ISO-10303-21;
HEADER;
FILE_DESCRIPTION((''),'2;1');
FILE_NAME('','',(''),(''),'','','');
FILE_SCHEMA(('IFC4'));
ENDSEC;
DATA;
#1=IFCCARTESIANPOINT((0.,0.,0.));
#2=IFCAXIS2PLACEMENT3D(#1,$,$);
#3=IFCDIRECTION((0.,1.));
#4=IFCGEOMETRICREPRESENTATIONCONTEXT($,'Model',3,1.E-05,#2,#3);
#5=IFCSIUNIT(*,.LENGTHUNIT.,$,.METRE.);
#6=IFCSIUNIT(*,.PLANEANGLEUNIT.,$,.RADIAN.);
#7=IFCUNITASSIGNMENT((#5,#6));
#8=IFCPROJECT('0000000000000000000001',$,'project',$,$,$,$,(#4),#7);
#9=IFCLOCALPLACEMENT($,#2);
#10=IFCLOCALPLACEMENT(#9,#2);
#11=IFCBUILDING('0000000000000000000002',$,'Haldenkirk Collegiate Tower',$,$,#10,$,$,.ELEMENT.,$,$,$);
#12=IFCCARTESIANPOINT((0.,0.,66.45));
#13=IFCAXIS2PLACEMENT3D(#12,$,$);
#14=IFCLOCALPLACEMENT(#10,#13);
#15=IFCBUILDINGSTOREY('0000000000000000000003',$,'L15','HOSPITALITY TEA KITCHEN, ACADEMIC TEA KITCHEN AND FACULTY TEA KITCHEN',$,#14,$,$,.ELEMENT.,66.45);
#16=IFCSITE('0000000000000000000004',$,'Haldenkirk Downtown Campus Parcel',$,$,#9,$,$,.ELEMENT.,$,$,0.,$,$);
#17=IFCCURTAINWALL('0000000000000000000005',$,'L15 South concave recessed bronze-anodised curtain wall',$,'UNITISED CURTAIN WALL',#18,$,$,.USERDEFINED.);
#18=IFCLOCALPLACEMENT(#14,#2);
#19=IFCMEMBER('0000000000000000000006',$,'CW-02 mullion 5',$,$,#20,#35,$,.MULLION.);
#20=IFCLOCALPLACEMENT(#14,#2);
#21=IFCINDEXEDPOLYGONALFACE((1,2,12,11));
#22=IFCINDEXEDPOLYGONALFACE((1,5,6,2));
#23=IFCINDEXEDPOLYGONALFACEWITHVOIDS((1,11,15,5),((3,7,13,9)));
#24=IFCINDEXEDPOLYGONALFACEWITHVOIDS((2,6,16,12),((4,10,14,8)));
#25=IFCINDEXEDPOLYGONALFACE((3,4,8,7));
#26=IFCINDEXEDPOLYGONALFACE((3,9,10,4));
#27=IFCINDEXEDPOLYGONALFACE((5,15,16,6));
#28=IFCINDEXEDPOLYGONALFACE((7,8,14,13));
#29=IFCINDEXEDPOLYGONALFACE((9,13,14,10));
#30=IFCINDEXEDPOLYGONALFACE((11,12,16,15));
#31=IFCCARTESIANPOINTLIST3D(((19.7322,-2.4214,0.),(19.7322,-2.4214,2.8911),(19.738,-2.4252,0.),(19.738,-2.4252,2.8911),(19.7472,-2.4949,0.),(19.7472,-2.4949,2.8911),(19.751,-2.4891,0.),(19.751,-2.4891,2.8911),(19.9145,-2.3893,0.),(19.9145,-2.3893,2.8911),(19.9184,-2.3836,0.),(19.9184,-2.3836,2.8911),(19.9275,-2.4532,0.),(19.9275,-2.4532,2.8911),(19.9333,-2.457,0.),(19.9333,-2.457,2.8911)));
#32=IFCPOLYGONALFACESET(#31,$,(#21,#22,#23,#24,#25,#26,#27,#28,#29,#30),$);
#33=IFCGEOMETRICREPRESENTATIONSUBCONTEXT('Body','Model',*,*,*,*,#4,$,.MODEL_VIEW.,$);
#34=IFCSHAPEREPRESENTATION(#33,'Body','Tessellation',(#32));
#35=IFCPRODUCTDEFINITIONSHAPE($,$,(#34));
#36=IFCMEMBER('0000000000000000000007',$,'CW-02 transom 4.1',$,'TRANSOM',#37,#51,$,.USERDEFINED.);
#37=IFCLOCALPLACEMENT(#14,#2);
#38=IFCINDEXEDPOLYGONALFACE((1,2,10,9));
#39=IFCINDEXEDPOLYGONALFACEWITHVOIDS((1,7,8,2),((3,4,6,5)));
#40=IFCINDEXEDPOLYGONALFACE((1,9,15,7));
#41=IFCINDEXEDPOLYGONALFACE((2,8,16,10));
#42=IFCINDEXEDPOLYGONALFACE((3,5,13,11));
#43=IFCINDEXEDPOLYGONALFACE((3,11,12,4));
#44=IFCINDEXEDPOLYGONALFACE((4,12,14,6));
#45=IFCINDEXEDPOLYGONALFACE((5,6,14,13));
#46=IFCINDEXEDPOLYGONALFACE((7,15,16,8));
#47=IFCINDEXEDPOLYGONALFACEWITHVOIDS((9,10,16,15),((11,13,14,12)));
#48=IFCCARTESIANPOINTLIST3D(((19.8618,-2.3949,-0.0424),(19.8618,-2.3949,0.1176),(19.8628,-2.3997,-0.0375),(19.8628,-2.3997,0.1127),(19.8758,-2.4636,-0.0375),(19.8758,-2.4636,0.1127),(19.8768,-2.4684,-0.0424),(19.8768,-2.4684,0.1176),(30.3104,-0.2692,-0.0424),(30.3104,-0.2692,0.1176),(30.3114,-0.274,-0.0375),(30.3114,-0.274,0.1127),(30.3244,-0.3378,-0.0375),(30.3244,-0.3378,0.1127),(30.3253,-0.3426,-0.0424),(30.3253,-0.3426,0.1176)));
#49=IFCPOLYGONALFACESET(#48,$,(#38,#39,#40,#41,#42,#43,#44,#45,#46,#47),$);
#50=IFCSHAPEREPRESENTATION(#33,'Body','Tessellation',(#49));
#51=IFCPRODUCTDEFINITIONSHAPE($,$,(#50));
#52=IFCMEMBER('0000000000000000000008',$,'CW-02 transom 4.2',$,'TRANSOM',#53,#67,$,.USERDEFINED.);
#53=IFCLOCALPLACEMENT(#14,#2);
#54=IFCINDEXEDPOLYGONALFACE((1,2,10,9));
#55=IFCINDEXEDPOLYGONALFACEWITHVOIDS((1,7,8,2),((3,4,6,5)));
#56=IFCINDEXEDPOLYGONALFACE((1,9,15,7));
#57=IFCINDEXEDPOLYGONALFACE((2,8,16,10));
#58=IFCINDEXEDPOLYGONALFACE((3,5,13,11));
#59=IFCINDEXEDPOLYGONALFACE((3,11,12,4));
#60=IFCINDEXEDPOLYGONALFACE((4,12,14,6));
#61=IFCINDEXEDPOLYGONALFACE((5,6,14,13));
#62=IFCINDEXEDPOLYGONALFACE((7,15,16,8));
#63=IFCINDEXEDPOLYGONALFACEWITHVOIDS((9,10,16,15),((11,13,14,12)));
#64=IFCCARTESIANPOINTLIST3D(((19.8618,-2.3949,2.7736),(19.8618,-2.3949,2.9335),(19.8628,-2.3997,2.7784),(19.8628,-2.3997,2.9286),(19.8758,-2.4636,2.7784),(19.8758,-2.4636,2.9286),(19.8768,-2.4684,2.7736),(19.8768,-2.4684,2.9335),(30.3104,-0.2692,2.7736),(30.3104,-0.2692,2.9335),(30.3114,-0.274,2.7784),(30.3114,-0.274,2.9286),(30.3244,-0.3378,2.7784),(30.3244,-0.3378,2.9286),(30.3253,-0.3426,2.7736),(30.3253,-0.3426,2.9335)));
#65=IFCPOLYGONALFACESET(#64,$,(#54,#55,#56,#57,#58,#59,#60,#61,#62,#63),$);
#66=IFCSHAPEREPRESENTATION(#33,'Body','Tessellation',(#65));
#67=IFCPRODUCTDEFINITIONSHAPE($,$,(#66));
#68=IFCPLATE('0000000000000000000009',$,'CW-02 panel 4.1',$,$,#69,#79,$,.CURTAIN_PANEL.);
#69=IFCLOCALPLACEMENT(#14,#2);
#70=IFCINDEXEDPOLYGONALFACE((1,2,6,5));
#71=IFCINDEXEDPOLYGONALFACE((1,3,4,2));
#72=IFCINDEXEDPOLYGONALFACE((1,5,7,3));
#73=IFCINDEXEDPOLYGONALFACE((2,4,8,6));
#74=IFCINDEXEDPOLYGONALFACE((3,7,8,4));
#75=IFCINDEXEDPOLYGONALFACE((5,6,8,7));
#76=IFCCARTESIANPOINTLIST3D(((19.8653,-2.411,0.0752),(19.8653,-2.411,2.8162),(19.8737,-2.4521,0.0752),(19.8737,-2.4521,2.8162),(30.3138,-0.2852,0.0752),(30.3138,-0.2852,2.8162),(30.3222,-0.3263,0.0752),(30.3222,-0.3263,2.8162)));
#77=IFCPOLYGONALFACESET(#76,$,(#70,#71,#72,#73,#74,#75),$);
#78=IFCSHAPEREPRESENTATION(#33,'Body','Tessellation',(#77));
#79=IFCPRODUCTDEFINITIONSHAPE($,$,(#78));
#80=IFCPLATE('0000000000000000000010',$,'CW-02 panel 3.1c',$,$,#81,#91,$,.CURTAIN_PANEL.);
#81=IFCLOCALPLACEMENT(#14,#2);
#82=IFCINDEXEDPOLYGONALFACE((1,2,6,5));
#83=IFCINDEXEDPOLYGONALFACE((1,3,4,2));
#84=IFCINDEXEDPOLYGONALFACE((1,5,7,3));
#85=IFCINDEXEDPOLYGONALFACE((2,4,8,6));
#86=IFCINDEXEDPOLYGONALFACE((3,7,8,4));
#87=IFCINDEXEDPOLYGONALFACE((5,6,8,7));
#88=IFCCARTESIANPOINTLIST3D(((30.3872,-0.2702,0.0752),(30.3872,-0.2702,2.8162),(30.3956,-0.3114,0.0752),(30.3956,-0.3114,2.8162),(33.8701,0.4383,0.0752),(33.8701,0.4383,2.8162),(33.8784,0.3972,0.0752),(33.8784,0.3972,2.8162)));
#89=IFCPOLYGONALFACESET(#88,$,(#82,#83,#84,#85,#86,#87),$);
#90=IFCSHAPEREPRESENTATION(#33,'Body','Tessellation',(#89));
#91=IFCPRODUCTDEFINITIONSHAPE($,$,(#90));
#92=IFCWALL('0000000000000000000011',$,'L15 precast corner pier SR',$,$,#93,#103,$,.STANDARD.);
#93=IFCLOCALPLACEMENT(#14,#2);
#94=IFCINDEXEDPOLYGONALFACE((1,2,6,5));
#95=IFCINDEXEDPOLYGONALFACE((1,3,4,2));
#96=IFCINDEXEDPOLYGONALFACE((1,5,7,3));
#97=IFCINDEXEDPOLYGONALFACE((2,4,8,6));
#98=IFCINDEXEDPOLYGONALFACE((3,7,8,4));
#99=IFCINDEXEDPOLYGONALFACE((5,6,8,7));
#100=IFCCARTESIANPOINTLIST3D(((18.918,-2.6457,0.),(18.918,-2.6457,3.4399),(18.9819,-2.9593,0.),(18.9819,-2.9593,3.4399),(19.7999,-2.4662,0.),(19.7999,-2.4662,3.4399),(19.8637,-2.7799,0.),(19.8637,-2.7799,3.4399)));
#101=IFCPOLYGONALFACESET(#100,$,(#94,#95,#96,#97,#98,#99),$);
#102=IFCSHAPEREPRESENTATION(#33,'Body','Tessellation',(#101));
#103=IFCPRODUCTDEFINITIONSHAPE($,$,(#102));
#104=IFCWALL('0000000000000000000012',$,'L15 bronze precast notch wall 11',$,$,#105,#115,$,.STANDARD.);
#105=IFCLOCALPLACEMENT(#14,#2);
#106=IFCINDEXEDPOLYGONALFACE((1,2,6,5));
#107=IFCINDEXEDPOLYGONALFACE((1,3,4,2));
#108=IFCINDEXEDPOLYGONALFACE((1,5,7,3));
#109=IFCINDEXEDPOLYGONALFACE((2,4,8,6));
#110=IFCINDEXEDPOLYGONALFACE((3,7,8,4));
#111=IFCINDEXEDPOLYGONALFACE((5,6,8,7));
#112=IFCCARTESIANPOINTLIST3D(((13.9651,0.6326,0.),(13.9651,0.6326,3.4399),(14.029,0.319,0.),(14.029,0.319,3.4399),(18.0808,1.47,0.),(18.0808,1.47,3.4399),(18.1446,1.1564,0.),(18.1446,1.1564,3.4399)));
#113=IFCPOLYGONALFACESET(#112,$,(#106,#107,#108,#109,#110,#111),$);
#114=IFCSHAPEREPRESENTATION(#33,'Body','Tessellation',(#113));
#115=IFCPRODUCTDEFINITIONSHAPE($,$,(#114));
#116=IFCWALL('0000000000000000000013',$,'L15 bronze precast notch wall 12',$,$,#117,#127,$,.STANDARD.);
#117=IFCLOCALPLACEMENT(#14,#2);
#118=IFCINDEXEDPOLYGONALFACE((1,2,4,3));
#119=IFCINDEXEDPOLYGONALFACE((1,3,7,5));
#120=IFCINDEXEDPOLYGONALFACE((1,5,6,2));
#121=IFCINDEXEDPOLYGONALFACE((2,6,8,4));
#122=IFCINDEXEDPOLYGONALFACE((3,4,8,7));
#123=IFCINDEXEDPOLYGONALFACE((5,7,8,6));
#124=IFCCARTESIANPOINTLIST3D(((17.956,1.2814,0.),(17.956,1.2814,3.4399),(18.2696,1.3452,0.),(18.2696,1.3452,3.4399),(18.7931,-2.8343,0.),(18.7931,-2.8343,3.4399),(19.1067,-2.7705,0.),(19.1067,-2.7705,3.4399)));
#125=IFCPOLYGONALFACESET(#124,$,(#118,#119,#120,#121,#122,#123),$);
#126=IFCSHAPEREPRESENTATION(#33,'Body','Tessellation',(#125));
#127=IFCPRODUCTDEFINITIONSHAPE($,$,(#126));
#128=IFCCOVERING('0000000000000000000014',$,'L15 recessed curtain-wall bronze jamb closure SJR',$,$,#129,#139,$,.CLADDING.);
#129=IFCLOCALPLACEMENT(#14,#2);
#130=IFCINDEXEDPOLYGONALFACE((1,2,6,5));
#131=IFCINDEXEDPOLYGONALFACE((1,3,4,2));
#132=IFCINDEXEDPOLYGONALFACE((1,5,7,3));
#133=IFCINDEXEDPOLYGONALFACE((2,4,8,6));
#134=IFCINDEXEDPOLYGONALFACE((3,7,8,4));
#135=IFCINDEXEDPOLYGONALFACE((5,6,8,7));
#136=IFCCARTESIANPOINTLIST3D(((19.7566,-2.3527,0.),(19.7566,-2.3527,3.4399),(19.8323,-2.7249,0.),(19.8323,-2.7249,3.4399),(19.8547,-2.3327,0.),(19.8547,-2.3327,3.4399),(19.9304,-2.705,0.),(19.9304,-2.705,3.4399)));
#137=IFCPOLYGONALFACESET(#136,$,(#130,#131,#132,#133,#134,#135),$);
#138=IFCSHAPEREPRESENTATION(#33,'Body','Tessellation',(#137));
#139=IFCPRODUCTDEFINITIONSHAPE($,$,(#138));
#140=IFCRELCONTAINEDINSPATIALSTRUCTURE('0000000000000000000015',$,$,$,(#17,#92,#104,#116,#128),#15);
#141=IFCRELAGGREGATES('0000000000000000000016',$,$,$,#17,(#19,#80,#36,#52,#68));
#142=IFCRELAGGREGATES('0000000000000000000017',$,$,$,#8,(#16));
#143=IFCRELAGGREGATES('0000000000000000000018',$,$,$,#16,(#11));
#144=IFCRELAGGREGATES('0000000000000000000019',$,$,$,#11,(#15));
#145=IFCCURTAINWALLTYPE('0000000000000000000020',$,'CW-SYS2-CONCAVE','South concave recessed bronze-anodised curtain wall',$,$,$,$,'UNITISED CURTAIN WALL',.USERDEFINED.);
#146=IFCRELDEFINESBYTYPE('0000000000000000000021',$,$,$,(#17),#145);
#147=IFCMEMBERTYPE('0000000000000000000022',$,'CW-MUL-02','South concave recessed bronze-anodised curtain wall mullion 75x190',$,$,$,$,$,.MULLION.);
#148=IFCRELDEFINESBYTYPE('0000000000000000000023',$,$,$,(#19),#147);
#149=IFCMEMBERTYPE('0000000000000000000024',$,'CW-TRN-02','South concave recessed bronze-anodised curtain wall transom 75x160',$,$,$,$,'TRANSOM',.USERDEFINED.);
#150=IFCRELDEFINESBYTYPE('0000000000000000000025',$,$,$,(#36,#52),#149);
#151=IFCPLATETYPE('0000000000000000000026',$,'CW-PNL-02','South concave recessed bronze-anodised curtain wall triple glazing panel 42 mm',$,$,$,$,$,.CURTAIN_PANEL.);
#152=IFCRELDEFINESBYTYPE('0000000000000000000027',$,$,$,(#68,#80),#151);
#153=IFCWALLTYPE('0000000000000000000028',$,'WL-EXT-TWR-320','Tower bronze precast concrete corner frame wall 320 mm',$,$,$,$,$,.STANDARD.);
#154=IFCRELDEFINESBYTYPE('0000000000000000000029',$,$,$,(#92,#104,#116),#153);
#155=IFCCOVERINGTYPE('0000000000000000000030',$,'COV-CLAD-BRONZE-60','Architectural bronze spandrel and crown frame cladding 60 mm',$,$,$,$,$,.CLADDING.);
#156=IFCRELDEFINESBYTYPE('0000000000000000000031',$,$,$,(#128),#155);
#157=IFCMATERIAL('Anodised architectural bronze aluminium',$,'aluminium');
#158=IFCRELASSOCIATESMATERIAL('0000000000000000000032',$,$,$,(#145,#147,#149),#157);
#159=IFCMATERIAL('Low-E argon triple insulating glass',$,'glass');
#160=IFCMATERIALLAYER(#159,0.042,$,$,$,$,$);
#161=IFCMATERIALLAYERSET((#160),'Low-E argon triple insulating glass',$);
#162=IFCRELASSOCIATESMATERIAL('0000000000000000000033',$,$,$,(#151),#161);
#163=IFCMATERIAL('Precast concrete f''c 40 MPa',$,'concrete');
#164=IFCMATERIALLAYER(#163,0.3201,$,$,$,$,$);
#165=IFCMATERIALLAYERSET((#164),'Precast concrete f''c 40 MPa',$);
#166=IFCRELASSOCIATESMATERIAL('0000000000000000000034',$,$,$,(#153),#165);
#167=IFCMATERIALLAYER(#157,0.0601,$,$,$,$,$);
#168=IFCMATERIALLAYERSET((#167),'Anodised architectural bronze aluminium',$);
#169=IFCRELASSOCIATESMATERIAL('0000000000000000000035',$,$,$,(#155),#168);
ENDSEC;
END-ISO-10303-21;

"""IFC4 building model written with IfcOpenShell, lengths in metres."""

from ifc_helpers import new_model, si_unit, direction, frame, frame_2d, origin, origin_2d, place, context, subcontext, project, spatial, rectangle, hollow_rectangle, extrude, source, transform, mapped, material, layer, layer_set, material_profile, profile_set, type_object, element, aggregate, save


model = new_model("IFC4")

# Units and contexts
model_context = context("Model", 3, precision=1e-05, world=origin(), true_north=direction((0.0, 1.0)))
body_context = subcontext(model_context, "Body", "Model", "MODEL_VIEW")
ifc_project = project(units=[si_unit("LENGTHUNIT", "METRE"), si_unit("PLANEANGLEUNIT", "RADIAN")], contexts=[model_context])

# Site, building, storey
site_placement = place(None, origin())
site = spatial("IfcSite", under=ifc_project, at=site_placement, Name="Haldenkirk Downtown Campus Parcel", CompositionType="ELEMENT", RefElevation=0.0)
building_placement = place(site_placement, origin())
building = spatial("IfcBuilding", under=site, at=building_placement, Name="Haldenkirk Collegiate Tower", CompositionType="ELEMENT")
storey_placement = place(building_placement, frame((0.0, 0.0, 66.45)))
storey = spatial("IfcBuildingStorey", under=building, at=storey_placement, Name="L15", Description="HOSPITALITY TEA KITCHEN, ACADEMIC TEA KITCHEN AND FACULTY TEA KITCHEN", CompositionType="ELEMENT", Elevation=66.45)

# Curtain wall, members, plates
ifc_material_1 = material(Name="Anodised architectural bronze aluminium", Category="aluminium")
curtain_wall_type = type_object("IfcCurtainWallType", Name="CW-SYS2-CONCAVE", Description="South concave recessed bronze-anodised curtain wall", ElementType="UNITISED CURTAIN WALL", PredefinedType="USERDEFINED", material=ifc_material_1)
curtain_wall_placement = place(storey_placement, origin())
curtain_wall = element("IfcCurtainWall", 1, at=curtain_wall_placement, inside=storey, type_object=curtain_wall_type, Name="L15 South concave recessed bronze-anodised curtain wall", ObjectType="UNITISED CURTAIN WALL", PredefinedType="USERDEFINED")
ifc_material_profile_1 = material_profile(ifc_material_1, hollow_rectangle(XDim=0.075, YDim=0.1899, WallThickness=0.0049, at=origin_2d()), Name="CW-MUL-02")
ifc_profile_set_1 = profile_set([ifc_material_profile_1], Name="Anodised architectural bronze aluminium")
member_type_1 = type_object("IfcMemberType", Name="CW-MUL-02", Description="South concave recessed bronze-anodised curtain wall mullion 75x190", PredefinedType="MULLION", material=ifc_profile_set_1)
member_1_placement = place(storey_placement, frame((19.8328, -2.4392, 0.0), z_axis=(0.0, 0.0, 1.0), x_axis=(0.199369, -0.979925, 0.0)))
member_1 = element("IfcMember", 2, at=member_1_placement, type_object=member_type_1, Name="CW-02 mullion 5", PredefinedType="MULLION", context=body_context, shape_type="SweptSolid", body=[
    extrude(hollow_rectangle(XDim=0.075, YDim=0.1899, WallThickness=0.0049, at=origin_2d()), origin(), (0.0, 0.0, 1.0), 2.8911),
])
ifc_material_profile_2 = material_profile(ifc_material_1, hollow_rectangle(XDim=0.075, YDim=0.1599, WallThickness=0.0049, at=origin_2d()), Name="CW-TRN-02")
ifc_profile_set_2 = profile_set([ifc_material_profile_2], Name="Anodised architectural bronze aluminium")
member_type_2 = type_object("IfcMemberType", Name="CW-TRN-02", Description="South concave recessed bronze-anodised curtain wall transom 75x160", ElementType="TRANSOM", PredefinedType="USERDEFINED", material=ifc_profile_set_2)
member_2_placement = place(storey_placement, frame((30.3179, -0.3059, 0.0376), z_axis=(-0.979925, -0.199365, 0.0), x_axis=(0.199365, -0.979925, 0.0)))
member_2 = element("IfcMember", 3, at=member_2_placement, type_object=member_type_2, Name="CW-02 transom 4.1", ObjectType="TRANSOM", PredefinedType="USERDEFINED", context=body_context, shape_type="SweptSolid", body=[
    extrude(hollow_rectangle(XDim=0.075, YDim=0.1599, WallThickness=0.0049, at=origin_2d()), origin(), (0.0, 0.0, 1.0), 10.6626),
])
member_3_placement = place(storey_placement, frame((30.3179, -0.3059, 2.8535), z_axis=(-0.979925, -0.199365, 0.0), x_axis=(0.199365, -0.979925, 0.0)))
member_3 = element("IfcMember", 4, at=member_3_placement, type_object=member_type_2, Name="CW-02 transom 4.2", ObjectType="TRANSOM", PredefinedType="USERDEFINED", context=body_context, shape_type="SweptSolid", body=[
    extrude(hollow_rectangle(XDim=0.075, YDim=0.1599, WallThickness=0.0049, at=origin_2d()), origin(), (0.0, 0.0, 1.0), 10.6626),
])
ifc_material_2 = material(Name="Low-E argon triple insulating glass", Category="glass")
ifc_layer_1 = layer(ifc_material_2, 0.042)
ifc_layer_set_1 = layer_set([ifc_layer_1], Name="Low-E argon triple insulating glass")
plate_type = type_object("IfcPlateType", Name="CW-PNL-02", Description="South concave recessed bronze-anodised curtain wall triple glazing panel 42 mm", PredefinedType="CURTAIN_PANEL", material=ifc_layer_set_1)
shared_shape_1 = source(origin(), body_context, "Body", "SweptSolid", [
    extrude(rectangle(XDim=10.6626, YDim=0.042, at=origin_2d()), origin(), (0.0, 0.0, 1.0), 2.741),
])
plate_1_placement = place(storey_placement, frame((25.0938, -1.3687, 0.0752), z_axis=(0.0, 0.0, 1.0), x_axis=(-0.979925, -0.199369, 0.0)))
plate_1 = element("IfcPlate", 5, at=plate_1_placement, type_object=plate_type, Name="CW-02 panel 4.1", PredefinedType="CURTAIN_PANEL", context=body_context, shape_type="MappedRepresentation", body=[
    mapped(shared_shape_1, transform((0.0, 0.0, 0.0), x_axis=(1.0, 0.0, 0.0), y_axis=(0.0, 1.0, 0.0), z_axis=(0.0, 0.0, 1.0), scale=1.0)),
])
shared_shape_2 = source(origin(), body_context, "Body", "SweptSolid", [
    extrude(rectangle(XDim=3.5542, YDim=0.042, at=origin_2d()), origin(), (0.0, 0.0, 1.0), 2.741),
])
plate_2_placement = place(storey_placement, frame((32.1328, 0.0635, 0.0752), z_axis=(0.0, 0.0, 1.0), x_axis=(-0.979925, -0.199369, 0.0)))
plate_2 = element("IfcPlate", 6, at=plate_2_placement, type_object=plate_type, Name="CW-02 panel 3.1c", PredefinedType="CURTAIN_PANEL", context=body_context, shape_type="MappedRepresentation", body=[
    mapped(shared_shape_2, transform((0.0, 0.0, 0.0), x_axis=(1.0, 0.0, 0.0), y_axis=(0.0, 1.0, 0.0), z_axis=(0.0, 0.0, 1.0), scale=1.0)),
])
aggregate(curtain_wall, [member_1, plate_2, member_2, member_3, plate_1])

# Walls
ifc_material_3 = material(Name="Precast concrete f'c 40 MPa", Category="concrete")
ifc_layer_2 = layer(ifc_material_3, 0.3201)
ifc_layer_set_2 = layer_set([ifc_layer_2], Name="Precast concrete f'c 40 MPa")
wall_type = type_object("IfcWallType", Name="WL-EXT-TWR-320", Description="Tower bronze precast concrete corner frame wall 320 mm", PredefinedType="STANDARD", material=ifc_layer_set_2)
wall_placement = place(storey_placement, frame((19.8318, -2.623, 0.0), z_axis=(0.0, 0.0, 1.0), x_axis=(-0.979918, -0.199402, 0.0)))
element("IfcWall", 7, at=wall_placement, inside=storey, type_object=wall_type, Name="L15 precast corner pier SR", PredefinedType="STANDARD", context=body_context, shape_type="SweptSolid", body=[
    extrude(rectangle(XDim=0.8999, YDim=0.3201, at=frame_2d((0.45, 0.0))), origin(), (0.0, 0.0, 1.0), 3.4399),
])
for number, where, z_axis, x_axis, name in (
    (8, (18.1128, 1.3132, 0.0), (0.0, 0.0, 1.0), (-0.979922, -0.199379, 0.0), "L15 bronze precast notch wall 11"),
    (9, (18.95, -2.8025, 0.0), (0.0, 0.0, 1.0), (-0.199323, 0.979934, 0.0), "L15 bronze precast notch wall 12"),
):
    element("IfcWall", number, at=place(storey_placement, frame(where, z_axis=z_axis, x_axis=x_axis)), inside=storey, type_object=wall_type, Name=name, PredefinedType="STANDARD", context=body_context, shape_type="SweptSolid", body=[
        extrude(rectangle(XDim=4.2, YDim=0.3201, at=frame_2d((2.1001, 0.0))), origin(), (0.0, 0.0, 1.0), 3.4399),
    ])

# Covering
ifc_layer_3 = layer(ifc_material_1, 0.0601)
ifc_layer_set_3 = layer_set([ifc_layer_3], Name="Anodised architectural bronze aluminium")
covering_type = type_object("IfcCoveringType", Name="COV-CLAD-BRONZE-60", Description="Architectural bronze spandrel and crown frame cladding 60 mm", PredefinedType="CLADDING", material=ifc_layer_set_3)
shared_shape_3 = source(origin(), body_context, "Body", "SweptSolid", [
    extrude(rectangle(XDim=0.1001, YDim=0.3799, at=origin_2d()), origin(), (0.0, 0.0, 1.0), 3.4399),
])
covering_placement = place(storey_placement, frame((19.8435, -2.5288, 0.0), z_axis=(0.0, 0.0, 1.0), x_axis=(-0.979925, -0.199368, 0.0)))
element("IfcCovering", 10, at=covering_placement, inside=storey, type_object=covering_type, Name="L15 recessed curtain-wall bronze jamb closure SJR", PredefinedType="CLADDING", context=body_context, shape_type="MappedRepresentation", body=[
    mapped(shared_shape_3, transform((0.0, 0.0, 0.0), x_axis=(1.0, 0.0, 0.0), y_axis=(0.0, 1.0, 0.0), z_axis=(0.0, 0.0, 1.0), scale=1.0)),
])

save(model, "model.ifc")
